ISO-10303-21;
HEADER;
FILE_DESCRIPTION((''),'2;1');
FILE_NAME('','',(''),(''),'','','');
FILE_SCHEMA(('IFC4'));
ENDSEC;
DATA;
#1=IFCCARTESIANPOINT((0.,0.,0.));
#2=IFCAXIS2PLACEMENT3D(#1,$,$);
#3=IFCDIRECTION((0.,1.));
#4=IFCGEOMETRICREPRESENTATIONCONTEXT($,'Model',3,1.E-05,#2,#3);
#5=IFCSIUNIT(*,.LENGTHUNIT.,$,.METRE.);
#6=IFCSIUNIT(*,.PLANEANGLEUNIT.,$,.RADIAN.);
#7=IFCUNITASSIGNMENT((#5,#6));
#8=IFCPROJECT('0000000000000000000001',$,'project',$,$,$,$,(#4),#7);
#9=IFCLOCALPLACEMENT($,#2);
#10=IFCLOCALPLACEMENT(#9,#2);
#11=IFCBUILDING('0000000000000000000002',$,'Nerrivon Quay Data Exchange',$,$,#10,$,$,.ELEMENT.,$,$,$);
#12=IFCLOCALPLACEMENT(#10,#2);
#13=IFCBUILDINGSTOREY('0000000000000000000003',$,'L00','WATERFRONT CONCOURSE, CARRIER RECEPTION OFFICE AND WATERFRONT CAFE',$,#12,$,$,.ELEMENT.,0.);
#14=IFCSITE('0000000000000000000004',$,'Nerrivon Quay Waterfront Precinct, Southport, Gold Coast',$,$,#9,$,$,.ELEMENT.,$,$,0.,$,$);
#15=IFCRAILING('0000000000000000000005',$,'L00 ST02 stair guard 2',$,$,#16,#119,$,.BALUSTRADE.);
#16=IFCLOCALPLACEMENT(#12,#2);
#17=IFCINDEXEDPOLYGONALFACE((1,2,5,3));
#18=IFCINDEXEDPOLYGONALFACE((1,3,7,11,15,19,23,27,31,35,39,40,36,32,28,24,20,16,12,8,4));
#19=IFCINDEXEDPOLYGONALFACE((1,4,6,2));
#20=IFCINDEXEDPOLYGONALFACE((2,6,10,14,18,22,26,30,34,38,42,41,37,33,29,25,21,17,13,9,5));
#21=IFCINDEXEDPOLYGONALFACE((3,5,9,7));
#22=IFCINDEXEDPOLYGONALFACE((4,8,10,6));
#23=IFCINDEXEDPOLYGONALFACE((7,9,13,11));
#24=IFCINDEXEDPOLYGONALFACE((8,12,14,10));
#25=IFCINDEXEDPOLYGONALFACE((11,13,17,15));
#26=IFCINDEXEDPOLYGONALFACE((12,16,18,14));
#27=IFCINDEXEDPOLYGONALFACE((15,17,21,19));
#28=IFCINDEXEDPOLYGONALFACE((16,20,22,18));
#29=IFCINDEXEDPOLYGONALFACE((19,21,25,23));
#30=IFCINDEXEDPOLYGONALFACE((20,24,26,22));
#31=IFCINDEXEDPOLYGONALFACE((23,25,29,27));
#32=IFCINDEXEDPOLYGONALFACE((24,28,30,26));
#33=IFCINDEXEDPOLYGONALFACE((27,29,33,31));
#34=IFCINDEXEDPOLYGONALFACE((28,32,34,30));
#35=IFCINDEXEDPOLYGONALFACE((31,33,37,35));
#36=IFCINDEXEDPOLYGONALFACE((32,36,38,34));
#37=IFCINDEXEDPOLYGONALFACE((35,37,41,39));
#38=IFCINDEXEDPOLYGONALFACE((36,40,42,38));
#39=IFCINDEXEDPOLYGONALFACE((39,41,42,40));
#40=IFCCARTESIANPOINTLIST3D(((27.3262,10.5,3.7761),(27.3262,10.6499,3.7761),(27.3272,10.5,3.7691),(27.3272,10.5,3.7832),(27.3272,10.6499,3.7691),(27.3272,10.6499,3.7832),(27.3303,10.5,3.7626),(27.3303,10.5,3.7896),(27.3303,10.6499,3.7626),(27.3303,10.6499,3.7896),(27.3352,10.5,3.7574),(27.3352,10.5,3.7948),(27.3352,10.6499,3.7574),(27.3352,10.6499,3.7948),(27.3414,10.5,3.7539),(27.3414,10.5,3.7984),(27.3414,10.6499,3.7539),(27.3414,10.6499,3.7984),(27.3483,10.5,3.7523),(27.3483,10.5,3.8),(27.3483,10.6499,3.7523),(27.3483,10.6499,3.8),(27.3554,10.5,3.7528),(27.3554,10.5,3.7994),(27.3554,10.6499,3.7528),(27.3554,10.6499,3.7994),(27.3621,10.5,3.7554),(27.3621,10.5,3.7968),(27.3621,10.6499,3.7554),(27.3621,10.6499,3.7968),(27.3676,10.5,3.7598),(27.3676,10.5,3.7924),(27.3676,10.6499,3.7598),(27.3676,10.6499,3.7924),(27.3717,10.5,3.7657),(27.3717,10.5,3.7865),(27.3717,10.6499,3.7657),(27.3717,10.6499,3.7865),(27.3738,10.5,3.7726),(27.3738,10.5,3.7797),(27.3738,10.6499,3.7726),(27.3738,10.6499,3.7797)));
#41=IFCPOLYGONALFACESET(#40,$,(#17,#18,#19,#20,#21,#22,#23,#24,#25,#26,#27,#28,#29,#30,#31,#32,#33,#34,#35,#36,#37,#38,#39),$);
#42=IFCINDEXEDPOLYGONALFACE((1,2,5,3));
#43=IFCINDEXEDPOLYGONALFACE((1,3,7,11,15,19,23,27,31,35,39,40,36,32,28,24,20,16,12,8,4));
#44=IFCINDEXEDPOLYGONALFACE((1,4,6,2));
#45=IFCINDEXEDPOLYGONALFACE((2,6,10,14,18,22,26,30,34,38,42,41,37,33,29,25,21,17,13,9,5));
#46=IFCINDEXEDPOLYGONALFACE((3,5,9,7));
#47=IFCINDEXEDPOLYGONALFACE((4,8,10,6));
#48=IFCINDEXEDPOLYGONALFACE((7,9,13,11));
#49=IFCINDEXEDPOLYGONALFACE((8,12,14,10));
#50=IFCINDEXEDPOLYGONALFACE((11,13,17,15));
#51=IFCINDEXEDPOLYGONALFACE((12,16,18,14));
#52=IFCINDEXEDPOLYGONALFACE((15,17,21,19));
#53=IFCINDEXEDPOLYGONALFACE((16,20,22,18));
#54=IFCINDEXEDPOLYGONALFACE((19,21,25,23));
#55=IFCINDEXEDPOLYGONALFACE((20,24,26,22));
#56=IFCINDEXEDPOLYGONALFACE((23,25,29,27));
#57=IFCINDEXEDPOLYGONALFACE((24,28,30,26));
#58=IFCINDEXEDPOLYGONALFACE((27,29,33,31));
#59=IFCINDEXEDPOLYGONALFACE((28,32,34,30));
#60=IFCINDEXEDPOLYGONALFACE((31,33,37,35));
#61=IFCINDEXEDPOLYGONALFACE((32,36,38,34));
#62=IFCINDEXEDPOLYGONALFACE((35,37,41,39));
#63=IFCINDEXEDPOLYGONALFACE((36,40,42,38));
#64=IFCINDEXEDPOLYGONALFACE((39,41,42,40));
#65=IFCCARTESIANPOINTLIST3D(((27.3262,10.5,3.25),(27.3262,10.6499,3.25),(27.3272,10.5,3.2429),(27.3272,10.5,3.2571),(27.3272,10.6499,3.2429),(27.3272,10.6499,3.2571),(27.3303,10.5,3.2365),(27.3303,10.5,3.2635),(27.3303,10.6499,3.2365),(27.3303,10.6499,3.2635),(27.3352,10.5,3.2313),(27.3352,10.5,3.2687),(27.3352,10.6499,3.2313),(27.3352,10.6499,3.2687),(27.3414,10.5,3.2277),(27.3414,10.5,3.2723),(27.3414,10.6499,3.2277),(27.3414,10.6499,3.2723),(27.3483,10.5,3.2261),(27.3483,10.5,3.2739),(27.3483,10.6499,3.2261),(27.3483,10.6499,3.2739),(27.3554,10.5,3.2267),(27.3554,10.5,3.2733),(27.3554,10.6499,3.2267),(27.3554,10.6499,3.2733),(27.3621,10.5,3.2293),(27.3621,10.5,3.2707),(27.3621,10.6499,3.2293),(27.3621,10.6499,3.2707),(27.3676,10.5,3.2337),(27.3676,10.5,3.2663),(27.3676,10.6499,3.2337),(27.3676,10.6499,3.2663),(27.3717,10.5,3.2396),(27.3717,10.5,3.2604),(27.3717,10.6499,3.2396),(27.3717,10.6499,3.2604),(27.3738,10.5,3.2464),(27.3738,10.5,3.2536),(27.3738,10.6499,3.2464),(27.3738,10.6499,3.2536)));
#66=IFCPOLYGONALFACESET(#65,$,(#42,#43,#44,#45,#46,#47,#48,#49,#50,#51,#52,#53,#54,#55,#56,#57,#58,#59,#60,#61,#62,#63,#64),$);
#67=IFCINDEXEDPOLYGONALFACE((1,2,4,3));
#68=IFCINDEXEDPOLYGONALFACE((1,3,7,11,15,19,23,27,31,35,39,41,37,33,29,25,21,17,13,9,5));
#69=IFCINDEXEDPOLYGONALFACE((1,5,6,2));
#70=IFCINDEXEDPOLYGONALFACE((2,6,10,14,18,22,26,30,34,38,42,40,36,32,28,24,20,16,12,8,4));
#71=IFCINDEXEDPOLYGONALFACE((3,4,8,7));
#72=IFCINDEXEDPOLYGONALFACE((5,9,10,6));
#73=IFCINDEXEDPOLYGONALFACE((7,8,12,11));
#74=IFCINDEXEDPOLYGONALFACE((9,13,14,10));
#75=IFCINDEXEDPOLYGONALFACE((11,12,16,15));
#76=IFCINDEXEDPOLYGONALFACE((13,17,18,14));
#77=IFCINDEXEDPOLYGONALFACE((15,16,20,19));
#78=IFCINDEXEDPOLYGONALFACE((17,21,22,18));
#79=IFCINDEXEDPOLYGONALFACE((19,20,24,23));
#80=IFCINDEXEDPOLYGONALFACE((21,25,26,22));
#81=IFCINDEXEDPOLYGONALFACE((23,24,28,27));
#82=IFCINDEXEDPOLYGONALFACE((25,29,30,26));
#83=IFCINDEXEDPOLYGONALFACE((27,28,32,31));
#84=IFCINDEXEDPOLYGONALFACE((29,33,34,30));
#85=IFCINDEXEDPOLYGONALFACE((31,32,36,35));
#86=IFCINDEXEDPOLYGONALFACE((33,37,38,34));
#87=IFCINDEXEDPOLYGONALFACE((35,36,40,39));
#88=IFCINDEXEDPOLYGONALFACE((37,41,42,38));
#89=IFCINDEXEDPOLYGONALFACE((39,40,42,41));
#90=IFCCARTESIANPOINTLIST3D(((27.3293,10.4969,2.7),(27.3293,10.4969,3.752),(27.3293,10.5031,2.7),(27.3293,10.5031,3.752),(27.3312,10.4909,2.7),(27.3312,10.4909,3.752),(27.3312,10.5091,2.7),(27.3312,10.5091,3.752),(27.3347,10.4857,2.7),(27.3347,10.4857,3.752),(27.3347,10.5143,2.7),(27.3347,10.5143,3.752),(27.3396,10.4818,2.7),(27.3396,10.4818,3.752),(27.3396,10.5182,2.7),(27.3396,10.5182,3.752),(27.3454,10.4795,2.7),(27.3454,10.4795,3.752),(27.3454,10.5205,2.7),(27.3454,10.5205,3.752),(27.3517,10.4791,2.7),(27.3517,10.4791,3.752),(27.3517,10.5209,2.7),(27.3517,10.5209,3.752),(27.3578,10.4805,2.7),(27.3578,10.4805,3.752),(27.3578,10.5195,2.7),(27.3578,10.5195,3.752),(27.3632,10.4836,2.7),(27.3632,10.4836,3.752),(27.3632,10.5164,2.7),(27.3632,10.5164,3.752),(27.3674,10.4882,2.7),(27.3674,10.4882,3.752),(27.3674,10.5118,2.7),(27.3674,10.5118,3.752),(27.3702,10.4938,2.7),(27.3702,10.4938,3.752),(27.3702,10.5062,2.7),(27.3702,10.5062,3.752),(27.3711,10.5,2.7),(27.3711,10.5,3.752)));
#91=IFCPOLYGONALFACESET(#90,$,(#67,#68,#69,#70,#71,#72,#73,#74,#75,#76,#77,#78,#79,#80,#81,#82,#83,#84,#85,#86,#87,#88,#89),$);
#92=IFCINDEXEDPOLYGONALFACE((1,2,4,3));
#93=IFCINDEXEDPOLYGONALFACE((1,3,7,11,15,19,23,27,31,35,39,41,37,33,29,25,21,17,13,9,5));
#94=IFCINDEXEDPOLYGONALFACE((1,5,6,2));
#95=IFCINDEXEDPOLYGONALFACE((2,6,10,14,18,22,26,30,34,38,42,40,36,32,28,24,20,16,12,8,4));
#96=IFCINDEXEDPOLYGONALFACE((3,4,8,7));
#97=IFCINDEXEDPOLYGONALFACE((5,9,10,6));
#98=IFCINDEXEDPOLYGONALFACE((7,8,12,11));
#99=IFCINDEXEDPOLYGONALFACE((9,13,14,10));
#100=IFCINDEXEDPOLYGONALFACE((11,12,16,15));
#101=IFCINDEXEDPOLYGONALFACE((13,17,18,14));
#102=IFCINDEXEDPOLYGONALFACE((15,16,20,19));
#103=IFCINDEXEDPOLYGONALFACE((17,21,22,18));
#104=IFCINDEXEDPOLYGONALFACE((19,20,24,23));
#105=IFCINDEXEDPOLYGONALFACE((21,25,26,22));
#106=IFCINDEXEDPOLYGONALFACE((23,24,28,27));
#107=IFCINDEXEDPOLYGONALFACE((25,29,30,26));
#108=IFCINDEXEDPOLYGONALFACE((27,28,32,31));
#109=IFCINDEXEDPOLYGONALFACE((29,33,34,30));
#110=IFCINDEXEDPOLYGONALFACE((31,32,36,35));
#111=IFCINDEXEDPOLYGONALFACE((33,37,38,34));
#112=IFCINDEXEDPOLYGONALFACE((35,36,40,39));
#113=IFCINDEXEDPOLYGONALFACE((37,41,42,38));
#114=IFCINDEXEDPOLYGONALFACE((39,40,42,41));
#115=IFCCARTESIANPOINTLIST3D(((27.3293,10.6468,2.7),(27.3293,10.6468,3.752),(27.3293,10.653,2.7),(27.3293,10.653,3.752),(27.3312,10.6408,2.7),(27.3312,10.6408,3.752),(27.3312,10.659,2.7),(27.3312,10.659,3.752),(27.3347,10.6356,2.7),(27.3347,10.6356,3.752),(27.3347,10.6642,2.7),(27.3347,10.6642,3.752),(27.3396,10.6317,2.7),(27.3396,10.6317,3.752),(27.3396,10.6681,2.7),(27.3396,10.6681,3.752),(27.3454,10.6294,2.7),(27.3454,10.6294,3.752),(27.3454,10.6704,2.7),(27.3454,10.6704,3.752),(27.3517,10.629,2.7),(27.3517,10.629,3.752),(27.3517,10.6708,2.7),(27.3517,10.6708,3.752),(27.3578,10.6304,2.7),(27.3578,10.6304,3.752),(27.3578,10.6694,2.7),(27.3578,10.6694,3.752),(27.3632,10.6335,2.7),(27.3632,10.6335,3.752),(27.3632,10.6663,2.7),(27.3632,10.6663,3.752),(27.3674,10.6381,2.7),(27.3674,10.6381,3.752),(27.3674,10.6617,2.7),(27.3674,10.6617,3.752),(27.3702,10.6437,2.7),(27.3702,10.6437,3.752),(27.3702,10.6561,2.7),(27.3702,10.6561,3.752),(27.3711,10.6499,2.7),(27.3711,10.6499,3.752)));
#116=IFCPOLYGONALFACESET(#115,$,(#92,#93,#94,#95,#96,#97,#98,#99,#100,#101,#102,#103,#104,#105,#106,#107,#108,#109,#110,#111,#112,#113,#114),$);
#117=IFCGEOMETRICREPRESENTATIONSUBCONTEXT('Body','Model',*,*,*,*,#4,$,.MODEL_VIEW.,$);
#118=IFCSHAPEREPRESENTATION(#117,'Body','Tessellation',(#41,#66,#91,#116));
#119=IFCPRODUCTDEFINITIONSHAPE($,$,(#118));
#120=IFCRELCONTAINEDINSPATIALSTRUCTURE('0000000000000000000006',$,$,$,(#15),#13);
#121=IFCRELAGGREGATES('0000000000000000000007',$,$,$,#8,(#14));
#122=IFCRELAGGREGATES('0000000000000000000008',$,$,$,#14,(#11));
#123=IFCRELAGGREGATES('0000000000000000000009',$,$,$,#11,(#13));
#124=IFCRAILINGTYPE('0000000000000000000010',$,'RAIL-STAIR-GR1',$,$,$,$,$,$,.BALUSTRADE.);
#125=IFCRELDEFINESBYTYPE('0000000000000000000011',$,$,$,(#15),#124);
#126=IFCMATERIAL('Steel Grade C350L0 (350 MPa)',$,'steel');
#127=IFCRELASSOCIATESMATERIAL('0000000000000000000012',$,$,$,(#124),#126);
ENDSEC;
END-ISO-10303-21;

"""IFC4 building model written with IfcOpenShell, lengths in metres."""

from ifc_helpers import new_model, si_unit, direction, frame, origin, origin_2d, place, context, subcontext, project, spatial, circle, extrude, material, type_object, element, save


model = new_model("IFC4")

# Units and contexts
model_context = context("Model", 3, precision=1e-05, world=origin(), true_north=direction((0.0, 1.0)))
body_context = subcontext(model_context, "Body", "Model", "MODEL_VIEW")
ifc_project = project(units=[si_unit("LENGTHUNIT", "METRE"), si_unit("PLANEANGLEUNIT", "RADIAN")], contexts=[model_context])

# Site, building, storey
site_placement = place(None, origin())
site = spatial("IfcSite", under=ifc_project, at=site_placement, Name="Nerrivon Quay Waterfront Precinct, Southport, Gold Coast", CompositionType="ELEMENT", RefElevation=0.0)
building_placement = place(site_placement, origin())
building = spatial("IfcBuilding", under=site, at=building_placement, Name="Nerrivon Quay Data Exchange", CompositionType="ELEMENT")
storey_placement = place(building_placement, origin())
storey = spatial("IfcBuildingStorey", under=building, at=storey_placement, Name="L00", Description="WATERFRONT CONCOURSE, CARRIER RECEPTION OFFICE AND WATERFRONT CAFE", CompositionType="ELEMENT", Elevation=0.0)

# Railing
ifc_material_1 = material(Name="Steel Grade C350L0 (350 MPa)", Category="steel")
railing_type_1 = type_object("IfcRailingType", Name="RAIL-STAIR-GR1", PredefinedType="BALUSTRADE", material=ifc_material_1)
railing_1_placement = place(storey_placement, frame((27.3501, 10.5, 2.7)))
element("IfcRailing", 1, at=railing_1_placement, inside=storey, type_object=railing_type_1, Name="L00 ST02 stair guard 2", PredefinedType="BALUSTRADE", context=body_context, shape_type="SweptSolid", body=[
    extrude(circle(Radius=0.0239, at=origin_2d()), frame((0.0, 0.0, 1.0762), z_axis=(0.0, 1.0, 0.0), x_axis=(-1.0, 0.0, 0.0)), (0.0, 0.0, 1.0), 0.1499),
    extrude(circle(Radius=0.0239, at=origin_2d()), frame((0.0, 0.0, 0.55), z_axis=(0.0, 1.0, 0.0), x_axis=(-1.0, 0.0, 0.0)), (0.0, 0.0, 1.0), 0.1499),
    extrude(circle(Radius=0.021, at=origin_2d()), origin(), (0.0, 0.0, 1.0), 1.052),
    extrude(circle(Radius=0.021, at=origin_2d()), frame((0.0, 0.1499, 0.0)), (0.0, 0.0, 1.0), 1.052),
])

save(model, "model.ifc")
